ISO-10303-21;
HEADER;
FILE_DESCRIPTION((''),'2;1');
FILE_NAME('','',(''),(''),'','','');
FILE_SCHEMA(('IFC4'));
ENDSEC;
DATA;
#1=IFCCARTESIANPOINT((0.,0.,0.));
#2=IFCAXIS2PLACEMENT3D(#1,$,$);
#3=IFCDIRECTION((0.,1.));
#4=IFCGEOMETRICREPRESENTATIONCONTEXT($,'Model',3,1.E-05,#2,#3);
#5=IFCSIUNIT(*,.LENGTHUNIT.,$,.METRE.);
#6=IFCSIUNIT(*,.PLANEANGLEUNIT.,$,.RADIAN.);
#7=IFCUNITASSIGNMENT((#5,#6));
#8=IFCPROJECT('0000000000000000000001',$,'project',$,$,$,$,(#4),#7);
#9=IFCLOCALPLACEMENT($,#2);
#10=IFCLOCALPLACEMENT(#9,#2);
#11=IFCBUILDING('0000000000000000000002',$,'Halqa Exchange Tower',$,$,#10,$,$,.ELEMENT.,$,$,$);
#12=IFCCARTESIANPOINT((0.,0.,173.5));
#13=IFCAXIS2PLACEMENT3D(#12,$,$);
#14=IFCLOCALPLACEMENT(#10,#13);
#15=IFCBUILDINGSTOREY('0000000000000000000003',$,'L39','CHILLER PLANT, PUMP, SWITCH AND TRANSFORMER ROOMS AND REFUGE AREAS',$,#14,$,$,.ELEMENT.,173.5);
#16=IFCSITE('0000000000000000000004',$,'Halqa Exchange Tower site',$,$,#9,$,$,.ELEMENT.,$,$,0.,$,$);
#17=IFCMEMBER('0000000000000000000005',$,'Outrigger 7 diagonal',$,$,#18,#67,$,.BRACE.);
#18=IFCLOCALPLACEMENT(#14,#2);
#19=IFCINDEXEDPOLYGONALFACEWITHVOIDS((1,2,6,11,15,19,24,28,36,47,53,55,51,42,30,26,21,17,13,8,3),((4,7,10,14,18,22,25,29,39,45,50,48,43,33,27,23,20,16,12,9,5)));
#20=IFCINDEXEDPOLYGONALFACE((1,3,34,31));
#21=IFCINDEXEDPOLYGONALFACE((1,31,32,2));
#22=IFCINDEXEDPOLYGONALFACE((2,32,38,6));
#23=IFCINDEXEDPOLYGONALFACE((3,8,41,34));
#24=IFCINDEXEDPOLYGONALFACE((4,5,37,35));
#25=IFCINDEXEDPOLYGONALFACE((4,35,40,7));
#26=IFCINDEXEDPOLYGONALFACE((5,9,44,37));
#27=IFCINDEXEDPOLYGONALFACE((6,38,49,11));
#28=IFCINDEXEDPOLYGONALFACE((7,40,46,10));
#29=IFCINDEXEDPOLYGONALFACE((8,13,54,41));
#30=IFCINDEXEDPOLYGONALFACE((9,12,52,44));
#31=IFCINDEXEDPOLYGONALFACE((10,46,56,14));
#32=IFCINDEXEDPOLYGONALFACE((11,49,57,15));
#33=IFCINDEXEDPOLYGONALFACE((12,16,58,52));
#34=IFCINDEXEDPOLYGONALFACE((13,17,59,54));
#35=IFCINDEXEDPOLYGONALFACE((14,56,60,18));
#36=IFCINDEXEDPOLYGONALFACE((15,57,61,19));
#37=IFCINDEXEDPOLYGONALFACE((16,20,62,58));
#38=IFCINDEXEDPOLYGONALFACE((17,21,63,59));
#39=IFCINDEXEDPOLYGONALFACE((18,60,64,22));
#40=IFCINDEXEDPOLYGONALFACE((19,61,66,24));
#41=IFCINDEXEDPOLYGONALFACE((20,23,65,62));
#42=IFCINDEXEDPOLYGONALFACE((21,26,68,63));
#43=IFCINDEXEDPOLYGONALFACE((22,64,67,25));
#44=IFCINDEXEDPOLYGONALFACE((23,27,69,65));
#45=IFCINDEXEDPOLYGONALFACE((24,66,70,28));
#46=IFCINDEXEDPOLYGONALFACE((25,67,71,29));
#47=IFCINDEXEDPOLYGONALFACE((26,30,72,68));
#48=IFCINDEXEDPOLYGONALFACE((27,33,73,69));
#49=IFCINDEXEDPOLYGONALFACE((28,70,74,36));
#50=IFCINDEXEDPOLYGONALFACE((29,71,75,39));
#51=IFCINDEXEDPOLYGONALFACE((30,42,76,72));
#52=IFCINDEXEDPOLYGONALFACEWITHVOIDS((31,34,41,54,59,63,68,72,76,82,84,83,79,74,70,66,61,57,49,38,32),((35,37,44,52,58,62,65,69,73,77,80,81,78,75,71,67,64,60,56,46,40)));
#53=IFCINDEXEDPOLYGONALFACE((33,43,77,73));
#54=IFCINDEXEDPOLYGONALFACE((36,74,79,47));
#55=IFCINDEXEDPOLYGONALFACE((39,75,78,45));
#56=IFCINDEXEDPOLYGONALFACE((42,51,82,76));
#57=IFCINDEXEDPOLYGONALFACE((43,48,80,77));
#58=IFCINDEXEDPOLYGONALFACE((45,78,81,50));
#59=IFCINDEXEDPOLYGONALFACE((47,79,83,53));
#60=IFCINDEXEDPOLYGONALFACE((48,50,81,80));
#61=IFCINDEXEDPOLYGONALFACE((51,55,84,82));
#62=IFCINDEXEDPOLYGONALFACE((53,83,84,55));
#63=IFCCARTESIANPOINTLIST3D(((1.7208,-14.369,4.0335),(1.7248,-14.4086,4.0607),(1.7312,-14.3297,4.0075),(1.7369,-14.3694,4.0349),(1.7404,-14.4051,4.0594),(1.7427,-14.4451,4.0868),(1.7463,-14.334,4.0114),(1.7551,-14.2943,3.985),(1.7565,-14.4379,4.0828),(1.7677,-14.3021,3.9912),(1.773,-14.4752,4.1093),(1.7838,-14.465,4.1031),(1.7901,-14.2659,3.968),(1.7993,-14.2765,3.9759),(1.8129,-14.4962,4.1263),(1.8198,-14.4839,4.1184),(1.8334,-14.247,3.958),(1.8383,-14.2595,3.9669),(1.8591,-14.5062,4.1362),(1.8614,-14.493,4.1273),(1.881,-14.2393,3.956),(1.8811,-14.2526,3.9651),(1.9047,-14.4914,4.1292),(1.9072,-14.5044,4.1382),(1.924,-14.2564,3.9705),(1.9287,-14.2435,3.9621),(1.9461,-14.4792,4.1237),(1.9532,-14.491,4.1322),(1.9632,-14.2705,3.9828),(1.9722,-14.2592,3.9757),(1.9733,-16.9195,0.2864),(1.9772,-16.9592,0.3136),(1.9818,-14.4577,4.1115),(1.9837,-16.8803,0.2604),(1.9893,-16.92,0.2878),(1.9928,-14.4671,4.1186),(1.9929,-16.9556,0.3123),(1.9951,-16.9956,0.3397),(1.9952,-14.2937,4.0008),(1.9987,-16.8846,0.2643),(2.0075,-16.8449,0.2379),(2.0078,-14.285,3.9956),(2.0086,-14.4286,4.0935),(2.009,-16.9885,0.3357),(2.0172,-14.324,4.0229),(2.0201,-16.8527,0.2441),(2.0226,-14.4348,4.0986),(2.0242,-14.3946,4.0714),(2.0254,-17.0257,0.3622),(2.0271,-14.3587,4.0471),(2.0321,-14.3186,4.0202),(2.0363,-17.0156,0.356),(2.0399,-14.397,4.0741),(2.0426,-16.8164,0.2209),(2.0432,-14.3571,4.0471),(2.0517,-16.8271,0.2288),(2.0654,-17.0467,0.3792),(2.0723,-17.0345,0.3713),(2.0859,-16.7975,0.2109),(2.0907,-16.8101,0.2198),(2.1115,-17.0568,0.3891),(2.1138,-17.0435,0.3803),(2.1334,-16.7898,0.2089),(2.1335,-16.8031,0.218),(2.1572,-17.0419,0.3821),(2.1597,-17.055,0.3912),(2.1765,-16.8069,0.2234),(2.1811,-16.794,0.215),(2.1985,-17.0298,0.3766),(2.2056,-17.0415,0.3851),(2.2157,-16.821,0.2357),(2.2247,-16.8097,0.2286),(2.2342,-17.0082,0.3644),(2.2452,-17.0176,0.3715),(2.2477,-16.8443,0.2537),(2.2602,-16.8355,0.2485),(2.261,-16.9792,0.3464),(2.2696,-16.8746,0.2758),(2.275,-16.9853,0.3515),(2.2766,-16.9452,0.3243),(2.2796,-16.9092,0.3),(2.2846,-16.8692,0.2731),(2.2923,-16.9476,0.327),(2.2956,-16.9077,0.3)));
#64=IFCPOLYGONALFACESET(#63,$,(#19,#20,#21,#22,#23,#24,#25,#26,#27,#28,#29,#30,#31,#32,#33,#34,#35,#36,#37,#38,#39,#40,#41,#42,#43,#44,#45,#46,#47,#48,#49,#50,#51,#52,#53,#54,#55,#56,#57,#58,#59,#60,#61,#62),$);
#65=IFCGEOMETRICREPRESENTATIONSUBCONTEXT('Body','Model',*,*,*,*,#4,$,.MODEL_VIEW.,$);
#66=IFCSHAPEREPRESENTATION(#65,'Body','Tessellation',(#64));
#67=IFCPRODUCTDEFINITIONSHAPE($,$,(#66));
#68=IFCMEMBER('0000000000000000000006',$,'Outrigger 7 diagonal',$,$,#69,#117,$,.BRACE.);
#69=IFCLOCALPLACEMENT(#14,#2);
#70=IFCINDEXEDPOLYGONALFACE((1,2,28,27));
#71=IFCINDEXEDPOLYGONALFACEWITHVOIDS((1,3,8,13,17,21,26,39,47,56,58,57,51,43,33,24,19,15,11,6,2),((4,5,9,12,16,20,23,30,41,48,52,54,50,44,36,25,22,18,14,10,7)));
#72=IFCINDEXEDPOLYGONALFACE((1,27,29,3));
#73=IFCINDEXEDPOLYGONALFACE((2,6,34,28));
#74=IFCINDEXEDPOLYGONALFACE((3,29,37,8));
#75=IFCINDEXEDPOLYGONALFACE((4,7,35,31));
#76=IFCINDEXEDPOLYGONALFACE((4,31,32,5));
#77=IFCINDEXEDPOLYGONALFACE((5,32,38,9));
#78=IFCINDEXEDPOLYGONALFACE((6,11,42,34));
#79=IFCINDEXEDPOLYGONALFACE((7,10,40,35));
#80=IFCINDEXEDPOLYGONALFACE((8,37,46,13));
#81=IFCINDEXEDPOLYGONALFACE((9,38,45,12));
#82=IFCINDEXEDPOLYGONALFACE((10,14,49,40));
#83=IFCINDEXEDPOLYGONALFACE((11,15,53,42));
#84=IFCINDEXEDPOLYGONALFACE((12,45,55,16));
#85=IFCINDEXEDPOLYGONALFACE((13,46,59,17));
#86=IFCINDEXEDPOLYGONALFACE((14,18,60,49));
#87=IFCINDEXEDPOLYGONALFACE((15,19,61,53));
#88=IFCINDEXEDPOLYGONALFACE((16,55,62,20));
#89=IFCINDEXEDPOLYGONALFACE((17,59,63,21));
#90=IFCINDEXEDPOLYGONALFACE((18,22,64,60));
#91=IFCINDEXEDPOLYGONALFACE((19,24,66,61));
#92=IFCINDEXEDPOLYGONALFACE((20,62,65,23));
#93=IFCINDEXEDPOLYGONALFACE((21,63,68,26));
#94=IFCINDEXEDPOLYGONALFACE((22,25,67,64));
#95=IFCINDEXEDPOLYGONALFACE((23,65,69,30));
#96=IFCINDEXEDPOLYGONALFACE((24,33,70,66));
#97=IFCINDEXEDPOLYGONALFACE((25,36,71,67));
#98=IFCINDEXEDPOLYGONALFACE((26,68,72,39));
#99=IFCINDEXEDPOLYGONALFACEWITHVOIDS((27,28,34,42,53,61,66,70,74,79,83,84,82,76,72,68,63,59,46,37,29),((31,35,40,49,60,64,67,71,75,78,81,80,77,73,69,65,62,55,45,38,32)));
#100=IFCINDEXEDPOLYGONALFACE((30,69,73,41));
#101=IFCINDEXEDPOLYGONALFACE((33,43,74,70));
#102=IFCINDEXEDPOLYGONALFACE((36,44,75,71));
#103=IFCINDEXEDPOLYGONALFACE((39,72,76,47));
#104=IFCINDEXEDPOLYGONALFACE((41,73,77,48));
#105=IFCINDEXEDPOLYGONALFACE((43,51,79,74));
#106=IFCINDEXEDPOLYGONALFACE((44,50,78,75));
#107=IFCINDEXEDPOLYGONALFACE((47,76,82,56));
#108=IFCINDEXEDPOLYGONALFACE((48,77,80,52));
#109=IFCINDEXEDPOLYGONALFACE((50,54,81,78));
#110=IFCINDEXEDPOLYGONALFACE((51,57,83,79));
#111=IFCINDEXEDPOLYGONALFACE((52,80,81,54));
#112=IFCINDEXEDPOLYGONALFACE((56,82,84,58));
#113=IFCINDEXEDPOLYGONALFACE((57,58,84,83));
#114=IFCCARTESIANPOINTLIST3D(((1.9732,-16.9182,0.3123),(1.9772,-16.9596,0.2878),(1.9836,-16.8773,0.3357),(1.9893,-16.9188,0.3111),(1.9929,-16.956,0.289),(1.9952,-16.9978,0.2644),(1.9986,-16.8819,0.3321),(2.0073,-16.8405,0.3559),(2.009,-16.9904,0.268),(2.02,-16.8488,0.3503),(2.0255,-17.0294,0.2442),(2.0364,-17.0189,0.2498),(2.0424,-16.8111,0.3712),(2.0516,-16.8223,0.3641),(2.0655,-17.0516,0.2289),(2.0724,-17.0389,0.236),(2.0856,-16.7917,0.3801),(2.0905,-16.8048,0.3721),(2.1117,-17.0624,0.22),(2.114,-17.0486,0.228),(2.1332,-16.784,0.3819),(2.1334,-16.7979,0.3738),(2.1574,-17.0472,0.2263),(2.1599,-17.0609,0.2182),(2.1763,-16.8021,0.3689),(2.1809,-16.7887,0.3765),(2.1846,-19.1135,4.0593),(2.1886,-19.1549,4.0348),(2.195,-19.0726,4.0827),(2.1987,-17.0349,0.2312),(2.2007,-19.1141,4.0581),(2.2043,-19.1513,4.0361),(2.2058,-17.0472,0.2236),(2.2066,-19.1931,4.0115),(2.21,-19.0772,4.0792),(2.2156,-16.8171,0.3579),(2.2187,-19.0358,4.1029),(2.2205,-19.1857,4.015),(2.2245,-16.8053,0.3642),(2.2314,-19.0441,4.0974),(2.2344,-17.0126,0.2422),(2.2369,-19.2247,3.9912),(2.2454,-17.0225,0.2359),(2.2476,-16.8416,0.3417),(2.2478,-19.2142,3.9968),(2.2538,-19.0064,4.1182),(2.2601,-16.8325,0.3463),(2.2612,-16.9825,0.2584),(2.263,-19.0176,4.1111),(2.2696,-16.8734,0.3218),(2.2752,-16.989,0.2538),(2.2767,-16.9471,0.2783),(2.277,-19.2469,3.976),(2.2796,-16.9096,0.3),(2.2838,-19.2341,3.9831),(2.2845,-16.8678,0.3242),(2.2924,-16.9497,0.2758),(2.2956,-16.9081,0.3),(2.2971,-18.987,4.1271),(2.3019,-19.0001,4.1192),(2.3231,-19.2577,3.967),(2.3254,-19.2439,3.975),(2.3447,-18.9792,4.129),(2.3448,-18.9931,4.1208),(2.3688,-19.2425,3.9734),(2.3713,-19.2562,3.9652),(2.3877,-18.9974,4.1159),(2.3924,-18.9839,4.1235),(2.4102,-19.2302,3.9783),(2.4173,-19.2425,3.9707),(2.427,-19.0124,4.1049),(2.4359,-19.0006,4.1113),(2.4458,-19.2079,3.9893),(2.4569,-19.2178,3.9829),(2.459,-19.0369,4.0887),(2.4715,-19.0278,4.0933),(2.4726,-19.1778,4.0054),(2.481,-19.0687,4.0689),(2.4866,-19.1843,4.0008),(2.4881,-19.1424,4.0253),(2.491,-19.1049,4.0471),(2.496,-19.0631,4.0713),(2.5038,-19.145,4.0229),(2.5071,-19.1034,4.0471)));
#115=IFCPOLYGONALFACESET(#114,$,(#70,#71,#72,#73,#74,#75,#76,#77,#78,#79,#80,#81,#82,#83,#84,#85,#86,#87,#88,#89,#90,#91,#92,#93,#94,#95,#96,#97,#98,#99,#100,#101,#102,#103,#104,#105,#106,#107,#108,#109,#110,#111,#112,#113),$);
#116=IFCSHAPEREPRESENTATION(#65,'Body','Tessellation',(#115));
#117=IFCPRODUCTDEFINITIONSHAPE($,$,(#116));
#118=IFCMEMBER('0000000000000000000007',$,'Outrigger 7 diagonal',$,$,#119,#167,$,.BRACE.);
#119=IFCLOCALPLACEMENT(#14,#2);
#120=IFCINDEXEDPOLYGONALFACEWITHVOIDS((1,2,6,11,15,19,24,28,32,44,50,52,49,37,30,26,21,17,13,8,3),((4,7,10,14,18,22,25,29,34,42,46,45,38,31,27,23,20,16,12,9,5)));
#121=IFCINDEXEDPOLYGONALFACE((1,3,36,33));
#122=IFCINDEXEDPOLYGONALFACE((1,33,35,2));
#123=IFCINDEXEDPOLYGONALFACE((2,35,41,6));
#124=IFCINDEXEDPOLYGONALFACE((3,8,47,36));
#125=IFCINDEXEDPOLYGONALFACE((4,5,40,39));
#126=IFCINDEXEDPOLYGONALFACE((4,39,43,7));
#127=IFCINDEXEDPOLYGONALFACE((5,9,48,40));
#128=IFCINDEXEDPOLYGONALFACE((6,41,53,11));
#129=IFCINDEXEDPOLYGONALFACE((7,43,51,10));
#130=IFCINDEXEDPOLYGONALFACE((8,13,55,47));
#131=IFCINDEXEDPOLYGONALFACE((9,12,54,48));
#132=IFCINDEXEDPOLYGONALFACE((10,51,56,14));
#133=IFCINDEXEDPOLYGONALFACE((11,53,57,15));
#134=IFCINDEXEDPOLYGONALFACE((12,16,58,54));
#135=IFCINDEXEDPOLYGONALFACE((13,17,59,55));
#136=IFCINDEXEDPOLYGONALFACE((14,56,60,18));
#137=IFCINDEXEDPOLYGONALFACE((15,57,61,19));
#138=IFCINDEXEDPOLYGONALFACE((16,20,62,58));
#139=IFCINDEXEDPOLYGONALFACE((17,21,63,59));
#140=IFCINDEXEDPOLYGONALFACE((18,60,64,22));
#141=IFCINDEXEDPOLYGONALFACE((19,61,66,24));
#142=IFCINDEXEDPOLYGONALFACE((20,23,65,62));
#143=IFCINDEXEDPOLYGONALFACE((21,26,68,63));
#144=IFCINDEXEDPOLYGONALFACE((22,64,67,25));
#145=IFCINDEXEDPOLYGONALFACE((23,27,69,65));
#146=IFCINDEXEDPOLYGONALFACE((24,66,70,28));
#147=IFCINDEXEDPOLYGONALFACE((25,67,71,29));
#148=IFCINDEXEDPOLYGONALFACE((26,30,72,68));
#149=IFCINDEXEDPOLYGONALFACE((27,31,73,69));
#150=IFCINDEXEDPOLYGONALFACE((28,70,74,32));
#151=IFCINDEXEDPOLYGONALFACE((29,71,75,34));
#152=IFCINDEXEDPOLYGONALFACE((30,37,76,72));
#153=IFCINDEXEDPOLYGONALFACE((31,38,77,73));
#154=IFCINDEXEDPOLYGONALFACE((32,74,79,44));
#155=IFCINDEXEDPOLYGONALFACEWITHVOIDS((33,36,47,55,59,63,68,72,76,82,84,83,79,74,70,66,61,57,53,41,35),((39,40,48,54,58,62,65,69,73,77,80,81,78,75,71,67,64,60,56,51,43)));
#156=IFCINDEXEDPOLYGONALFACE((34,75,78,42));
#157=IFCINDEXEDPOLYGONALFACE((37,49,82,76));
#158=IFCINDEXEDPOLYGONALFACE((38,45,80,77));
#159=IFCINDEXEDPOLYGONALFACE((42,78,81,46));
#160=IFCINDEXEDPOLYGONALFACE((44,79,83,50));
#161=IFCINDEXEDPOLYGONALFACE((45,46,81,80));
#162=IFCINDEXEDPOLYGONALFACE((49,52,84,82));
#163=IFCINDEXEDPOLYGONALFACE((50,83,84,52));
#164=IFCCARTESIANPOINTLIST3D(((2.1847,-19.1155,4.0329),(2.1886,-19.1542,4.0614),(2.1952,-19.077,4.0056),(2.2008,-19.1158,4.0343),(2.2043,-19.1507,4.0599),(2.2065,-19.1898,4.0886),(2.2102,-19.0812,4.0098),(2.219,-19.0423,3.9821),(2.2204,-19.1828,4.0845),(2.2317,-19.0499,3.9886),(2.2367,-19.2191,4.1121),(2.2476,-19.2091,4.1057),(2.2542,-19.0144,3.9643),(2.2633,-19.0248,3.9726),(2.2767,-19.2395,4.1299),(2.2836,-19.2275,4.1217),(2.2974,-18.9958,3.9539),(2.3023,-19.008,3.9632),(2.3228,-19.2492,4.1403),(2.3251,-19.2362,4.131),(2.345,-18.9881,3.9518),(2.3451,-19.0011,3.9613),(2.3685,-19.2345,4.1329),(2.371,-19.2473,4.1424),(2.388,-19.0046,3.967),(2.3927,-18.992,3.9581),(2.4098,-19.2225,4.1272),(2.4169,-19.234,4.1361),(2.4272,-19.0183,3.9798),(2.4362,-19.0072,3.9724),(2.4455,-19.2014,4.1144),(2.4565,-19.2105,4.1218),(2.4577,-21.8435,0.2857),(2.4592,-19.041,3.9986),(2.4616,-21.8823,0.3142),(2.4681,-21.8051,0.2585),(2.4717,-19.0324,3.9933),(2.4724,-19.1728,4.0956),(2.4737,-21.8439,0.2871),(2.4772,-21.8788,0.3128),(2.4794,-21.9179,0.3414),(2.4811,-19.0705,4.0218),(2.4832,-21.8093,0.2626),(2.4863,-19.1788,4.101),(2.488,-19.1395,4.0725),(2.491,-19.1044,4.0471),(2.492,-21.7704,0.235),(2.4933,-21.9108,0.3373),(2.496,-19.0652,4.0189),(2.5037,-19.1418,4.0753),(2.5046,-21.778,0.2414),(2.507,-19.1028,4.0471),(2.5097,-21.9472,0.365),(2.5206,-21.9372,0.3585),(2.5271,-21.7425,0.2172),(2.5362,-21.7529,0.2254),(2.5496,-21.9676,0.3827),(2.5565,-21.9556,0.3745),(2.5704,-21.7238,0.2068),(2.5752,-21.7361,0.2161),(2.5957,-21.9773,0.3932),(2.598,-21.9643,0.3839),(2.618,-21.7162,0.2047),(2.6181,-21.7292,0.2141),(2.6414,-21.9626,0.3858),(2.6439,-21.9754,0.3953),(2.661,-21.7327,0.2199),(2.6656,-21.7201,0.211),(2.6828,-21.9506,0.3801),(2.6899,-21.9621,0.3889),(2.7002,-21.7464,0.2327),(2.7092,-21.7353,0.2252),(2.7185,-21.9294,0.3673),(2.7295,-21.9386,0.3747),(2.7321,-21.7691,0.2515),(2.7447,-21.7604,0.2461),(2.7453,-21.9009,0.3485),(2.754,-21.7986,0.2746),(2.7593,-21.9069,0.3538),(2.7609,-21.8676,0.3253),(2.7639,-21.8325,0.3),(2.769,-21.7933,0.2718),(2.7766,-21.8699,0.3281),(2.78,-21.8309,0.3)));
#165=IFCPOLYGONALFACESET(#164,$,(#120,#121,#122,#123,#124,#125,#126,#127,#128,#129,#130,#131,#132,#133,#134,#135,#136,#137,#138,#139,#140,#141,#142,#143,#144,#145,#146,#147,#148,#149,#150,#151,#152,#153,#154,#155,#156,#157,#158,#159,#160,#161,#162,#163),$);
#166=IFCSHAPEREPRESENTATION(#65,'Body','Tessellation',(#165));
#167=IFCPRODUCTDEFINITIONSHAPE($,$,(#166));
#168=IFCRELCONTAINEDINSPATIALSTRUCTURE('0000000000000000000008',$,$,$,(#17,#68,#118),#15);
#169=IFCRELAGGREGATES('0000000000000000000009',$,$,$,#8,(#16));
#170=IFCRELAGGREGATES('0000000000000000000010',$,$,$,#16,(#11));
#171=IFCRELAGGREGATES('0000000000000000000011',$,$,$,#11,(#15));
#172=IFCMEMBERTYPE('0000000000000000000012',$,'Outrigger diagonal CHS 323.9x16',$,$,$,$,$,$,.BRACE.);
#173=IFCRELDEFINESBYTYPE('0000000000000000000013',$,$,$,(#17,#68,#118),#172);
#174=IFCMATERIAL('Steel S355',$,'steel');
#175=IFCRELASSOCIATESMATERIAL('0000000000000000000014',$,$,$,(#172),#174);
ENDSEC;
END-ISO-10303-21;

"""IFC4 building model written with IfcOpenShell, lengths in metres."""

from ifc_helpers import new_model, si_unit, direction, frame, origin, origin_2d, place, context, subcontext, project, spatial, hollow_circle, extrude, material, material_profile, profile_set, type_object, element, save


model = new_model("IFC4")

# Units and contexts
model_context = context("Model", 3, precision=1e-05, world=origin(), true_north=direction((0.0, 1.0)))
body_context = subcontext(model_context, "Body", "Model", "MODEL_VIEW")
ifc_project = project(units=[si_unit("LENGTHUNIT", "METRE"), si_unit("PLANEANGLEUNIT", "RADIAN")], contexts=[model_context])

# Site, building, storey
site_placement = place(None, origin())
site = spatial("IfcSite", under=ifc_project, at=site_placement, Name="Halqa Exchange Tower site", CompositionType="ELEMENT", RefElevation=0.0)
building_placement = place(site_placement, origin())
building = spatial("IfcBuilding", under=site, at=building_placement, Name="Halqa Exchange Tower", CompositionType="ELEMENT")
storey_placement = place(building_placement, frame((0.0, 0.0, 173.5)))
storey = spatial("IfcBuildingStorey", under=building, at=storey_placement, Name="L39", Description="CHILLER PLANT, PUMP, SWITCH AND TRANSFORMER ROOMS AND REFUGE AREAS", CompositionType="ELEMENT", Elevation=173.5)

# Members
ifc_material_1 = material(Name="Steel S355", Category="steel")
ifc_material_profile_1 = material_profile(ifc_material_1, hollow_circle(Radius=0.1619, WallThickness=0.0161, at=origin_2d()), Name="CHS 323.9x16")
ifc_profile_set_1 = profile_set([ifc_material_profile_1], Name="Steel S355")
member_type_1 = type_object("IfcMemberType", Name="Outrigger diagonal CHS 323.9x16", PredefinedType="BRACE", material=ifc_profile_set_1)
member_1_placement = place(storey_placement, frame((1.8821, -14.373, 4.0471), z_axis=(0.055607, -0.561821, -0.825388), x_axis=(0.995138, 0.098495, 0.0)))
element("IfcMember", 1, at=member_1_placement, inside=storey, type_object=member_type_1, Name="Outrigger 7 diagonal", PredefinedType="BRACE", context=body_context, shape_type="SweptSolid", body=[
    extrude(hollow_circle(Radius=0.1619, WallThickness=0.0161, at=origin_2d()), origin(), (0.0, 0.0, 1.0), 4.5398),
])
member_2_placement = place(storey_placement, frame((2.1345, -16.9236, 0.3), z_axis=(0.048627, -0.504908, 0.861802), x_axis=(0.995394, 0.095864, 0.0)))
element("IfcMember", 2, at=member_2_placement, inside=storey, type_object=member_type_1, Name="Outrigger 7 diagonal", PredefinedType="BRACE", context=body_context, shape_type="SweptSolid", body=[
    extrude(hollow_circle(Radius=0.1619, WallThickness=0.0161, at=origin_2d()), origin(), (0.0, 0.0, 1.0), 4.3479),
])
member_3_placement = place(storey_placement, frame((2.3459, -19.1189, 4.0471), z_axis=(0.058788, -0.587561, -0.807042), x_axis=(0.995032, 0.099557, 0.0)))
element("IfcMember", 3, at=member_3_placement, inside=storey, type_object=member_type_1, Name="Outrigger 7 diagonal", PredefinedType="BRACE", context=body_context, shape_type="SweptSolid", body=[
    extrude(hollow_circle(Radius=0.1619, WallThickness=0.0161, at=origin_2d()), origin(), (0.0, 0.0, 1.0), 4.6431),
])

save(model, "model.ifc")
